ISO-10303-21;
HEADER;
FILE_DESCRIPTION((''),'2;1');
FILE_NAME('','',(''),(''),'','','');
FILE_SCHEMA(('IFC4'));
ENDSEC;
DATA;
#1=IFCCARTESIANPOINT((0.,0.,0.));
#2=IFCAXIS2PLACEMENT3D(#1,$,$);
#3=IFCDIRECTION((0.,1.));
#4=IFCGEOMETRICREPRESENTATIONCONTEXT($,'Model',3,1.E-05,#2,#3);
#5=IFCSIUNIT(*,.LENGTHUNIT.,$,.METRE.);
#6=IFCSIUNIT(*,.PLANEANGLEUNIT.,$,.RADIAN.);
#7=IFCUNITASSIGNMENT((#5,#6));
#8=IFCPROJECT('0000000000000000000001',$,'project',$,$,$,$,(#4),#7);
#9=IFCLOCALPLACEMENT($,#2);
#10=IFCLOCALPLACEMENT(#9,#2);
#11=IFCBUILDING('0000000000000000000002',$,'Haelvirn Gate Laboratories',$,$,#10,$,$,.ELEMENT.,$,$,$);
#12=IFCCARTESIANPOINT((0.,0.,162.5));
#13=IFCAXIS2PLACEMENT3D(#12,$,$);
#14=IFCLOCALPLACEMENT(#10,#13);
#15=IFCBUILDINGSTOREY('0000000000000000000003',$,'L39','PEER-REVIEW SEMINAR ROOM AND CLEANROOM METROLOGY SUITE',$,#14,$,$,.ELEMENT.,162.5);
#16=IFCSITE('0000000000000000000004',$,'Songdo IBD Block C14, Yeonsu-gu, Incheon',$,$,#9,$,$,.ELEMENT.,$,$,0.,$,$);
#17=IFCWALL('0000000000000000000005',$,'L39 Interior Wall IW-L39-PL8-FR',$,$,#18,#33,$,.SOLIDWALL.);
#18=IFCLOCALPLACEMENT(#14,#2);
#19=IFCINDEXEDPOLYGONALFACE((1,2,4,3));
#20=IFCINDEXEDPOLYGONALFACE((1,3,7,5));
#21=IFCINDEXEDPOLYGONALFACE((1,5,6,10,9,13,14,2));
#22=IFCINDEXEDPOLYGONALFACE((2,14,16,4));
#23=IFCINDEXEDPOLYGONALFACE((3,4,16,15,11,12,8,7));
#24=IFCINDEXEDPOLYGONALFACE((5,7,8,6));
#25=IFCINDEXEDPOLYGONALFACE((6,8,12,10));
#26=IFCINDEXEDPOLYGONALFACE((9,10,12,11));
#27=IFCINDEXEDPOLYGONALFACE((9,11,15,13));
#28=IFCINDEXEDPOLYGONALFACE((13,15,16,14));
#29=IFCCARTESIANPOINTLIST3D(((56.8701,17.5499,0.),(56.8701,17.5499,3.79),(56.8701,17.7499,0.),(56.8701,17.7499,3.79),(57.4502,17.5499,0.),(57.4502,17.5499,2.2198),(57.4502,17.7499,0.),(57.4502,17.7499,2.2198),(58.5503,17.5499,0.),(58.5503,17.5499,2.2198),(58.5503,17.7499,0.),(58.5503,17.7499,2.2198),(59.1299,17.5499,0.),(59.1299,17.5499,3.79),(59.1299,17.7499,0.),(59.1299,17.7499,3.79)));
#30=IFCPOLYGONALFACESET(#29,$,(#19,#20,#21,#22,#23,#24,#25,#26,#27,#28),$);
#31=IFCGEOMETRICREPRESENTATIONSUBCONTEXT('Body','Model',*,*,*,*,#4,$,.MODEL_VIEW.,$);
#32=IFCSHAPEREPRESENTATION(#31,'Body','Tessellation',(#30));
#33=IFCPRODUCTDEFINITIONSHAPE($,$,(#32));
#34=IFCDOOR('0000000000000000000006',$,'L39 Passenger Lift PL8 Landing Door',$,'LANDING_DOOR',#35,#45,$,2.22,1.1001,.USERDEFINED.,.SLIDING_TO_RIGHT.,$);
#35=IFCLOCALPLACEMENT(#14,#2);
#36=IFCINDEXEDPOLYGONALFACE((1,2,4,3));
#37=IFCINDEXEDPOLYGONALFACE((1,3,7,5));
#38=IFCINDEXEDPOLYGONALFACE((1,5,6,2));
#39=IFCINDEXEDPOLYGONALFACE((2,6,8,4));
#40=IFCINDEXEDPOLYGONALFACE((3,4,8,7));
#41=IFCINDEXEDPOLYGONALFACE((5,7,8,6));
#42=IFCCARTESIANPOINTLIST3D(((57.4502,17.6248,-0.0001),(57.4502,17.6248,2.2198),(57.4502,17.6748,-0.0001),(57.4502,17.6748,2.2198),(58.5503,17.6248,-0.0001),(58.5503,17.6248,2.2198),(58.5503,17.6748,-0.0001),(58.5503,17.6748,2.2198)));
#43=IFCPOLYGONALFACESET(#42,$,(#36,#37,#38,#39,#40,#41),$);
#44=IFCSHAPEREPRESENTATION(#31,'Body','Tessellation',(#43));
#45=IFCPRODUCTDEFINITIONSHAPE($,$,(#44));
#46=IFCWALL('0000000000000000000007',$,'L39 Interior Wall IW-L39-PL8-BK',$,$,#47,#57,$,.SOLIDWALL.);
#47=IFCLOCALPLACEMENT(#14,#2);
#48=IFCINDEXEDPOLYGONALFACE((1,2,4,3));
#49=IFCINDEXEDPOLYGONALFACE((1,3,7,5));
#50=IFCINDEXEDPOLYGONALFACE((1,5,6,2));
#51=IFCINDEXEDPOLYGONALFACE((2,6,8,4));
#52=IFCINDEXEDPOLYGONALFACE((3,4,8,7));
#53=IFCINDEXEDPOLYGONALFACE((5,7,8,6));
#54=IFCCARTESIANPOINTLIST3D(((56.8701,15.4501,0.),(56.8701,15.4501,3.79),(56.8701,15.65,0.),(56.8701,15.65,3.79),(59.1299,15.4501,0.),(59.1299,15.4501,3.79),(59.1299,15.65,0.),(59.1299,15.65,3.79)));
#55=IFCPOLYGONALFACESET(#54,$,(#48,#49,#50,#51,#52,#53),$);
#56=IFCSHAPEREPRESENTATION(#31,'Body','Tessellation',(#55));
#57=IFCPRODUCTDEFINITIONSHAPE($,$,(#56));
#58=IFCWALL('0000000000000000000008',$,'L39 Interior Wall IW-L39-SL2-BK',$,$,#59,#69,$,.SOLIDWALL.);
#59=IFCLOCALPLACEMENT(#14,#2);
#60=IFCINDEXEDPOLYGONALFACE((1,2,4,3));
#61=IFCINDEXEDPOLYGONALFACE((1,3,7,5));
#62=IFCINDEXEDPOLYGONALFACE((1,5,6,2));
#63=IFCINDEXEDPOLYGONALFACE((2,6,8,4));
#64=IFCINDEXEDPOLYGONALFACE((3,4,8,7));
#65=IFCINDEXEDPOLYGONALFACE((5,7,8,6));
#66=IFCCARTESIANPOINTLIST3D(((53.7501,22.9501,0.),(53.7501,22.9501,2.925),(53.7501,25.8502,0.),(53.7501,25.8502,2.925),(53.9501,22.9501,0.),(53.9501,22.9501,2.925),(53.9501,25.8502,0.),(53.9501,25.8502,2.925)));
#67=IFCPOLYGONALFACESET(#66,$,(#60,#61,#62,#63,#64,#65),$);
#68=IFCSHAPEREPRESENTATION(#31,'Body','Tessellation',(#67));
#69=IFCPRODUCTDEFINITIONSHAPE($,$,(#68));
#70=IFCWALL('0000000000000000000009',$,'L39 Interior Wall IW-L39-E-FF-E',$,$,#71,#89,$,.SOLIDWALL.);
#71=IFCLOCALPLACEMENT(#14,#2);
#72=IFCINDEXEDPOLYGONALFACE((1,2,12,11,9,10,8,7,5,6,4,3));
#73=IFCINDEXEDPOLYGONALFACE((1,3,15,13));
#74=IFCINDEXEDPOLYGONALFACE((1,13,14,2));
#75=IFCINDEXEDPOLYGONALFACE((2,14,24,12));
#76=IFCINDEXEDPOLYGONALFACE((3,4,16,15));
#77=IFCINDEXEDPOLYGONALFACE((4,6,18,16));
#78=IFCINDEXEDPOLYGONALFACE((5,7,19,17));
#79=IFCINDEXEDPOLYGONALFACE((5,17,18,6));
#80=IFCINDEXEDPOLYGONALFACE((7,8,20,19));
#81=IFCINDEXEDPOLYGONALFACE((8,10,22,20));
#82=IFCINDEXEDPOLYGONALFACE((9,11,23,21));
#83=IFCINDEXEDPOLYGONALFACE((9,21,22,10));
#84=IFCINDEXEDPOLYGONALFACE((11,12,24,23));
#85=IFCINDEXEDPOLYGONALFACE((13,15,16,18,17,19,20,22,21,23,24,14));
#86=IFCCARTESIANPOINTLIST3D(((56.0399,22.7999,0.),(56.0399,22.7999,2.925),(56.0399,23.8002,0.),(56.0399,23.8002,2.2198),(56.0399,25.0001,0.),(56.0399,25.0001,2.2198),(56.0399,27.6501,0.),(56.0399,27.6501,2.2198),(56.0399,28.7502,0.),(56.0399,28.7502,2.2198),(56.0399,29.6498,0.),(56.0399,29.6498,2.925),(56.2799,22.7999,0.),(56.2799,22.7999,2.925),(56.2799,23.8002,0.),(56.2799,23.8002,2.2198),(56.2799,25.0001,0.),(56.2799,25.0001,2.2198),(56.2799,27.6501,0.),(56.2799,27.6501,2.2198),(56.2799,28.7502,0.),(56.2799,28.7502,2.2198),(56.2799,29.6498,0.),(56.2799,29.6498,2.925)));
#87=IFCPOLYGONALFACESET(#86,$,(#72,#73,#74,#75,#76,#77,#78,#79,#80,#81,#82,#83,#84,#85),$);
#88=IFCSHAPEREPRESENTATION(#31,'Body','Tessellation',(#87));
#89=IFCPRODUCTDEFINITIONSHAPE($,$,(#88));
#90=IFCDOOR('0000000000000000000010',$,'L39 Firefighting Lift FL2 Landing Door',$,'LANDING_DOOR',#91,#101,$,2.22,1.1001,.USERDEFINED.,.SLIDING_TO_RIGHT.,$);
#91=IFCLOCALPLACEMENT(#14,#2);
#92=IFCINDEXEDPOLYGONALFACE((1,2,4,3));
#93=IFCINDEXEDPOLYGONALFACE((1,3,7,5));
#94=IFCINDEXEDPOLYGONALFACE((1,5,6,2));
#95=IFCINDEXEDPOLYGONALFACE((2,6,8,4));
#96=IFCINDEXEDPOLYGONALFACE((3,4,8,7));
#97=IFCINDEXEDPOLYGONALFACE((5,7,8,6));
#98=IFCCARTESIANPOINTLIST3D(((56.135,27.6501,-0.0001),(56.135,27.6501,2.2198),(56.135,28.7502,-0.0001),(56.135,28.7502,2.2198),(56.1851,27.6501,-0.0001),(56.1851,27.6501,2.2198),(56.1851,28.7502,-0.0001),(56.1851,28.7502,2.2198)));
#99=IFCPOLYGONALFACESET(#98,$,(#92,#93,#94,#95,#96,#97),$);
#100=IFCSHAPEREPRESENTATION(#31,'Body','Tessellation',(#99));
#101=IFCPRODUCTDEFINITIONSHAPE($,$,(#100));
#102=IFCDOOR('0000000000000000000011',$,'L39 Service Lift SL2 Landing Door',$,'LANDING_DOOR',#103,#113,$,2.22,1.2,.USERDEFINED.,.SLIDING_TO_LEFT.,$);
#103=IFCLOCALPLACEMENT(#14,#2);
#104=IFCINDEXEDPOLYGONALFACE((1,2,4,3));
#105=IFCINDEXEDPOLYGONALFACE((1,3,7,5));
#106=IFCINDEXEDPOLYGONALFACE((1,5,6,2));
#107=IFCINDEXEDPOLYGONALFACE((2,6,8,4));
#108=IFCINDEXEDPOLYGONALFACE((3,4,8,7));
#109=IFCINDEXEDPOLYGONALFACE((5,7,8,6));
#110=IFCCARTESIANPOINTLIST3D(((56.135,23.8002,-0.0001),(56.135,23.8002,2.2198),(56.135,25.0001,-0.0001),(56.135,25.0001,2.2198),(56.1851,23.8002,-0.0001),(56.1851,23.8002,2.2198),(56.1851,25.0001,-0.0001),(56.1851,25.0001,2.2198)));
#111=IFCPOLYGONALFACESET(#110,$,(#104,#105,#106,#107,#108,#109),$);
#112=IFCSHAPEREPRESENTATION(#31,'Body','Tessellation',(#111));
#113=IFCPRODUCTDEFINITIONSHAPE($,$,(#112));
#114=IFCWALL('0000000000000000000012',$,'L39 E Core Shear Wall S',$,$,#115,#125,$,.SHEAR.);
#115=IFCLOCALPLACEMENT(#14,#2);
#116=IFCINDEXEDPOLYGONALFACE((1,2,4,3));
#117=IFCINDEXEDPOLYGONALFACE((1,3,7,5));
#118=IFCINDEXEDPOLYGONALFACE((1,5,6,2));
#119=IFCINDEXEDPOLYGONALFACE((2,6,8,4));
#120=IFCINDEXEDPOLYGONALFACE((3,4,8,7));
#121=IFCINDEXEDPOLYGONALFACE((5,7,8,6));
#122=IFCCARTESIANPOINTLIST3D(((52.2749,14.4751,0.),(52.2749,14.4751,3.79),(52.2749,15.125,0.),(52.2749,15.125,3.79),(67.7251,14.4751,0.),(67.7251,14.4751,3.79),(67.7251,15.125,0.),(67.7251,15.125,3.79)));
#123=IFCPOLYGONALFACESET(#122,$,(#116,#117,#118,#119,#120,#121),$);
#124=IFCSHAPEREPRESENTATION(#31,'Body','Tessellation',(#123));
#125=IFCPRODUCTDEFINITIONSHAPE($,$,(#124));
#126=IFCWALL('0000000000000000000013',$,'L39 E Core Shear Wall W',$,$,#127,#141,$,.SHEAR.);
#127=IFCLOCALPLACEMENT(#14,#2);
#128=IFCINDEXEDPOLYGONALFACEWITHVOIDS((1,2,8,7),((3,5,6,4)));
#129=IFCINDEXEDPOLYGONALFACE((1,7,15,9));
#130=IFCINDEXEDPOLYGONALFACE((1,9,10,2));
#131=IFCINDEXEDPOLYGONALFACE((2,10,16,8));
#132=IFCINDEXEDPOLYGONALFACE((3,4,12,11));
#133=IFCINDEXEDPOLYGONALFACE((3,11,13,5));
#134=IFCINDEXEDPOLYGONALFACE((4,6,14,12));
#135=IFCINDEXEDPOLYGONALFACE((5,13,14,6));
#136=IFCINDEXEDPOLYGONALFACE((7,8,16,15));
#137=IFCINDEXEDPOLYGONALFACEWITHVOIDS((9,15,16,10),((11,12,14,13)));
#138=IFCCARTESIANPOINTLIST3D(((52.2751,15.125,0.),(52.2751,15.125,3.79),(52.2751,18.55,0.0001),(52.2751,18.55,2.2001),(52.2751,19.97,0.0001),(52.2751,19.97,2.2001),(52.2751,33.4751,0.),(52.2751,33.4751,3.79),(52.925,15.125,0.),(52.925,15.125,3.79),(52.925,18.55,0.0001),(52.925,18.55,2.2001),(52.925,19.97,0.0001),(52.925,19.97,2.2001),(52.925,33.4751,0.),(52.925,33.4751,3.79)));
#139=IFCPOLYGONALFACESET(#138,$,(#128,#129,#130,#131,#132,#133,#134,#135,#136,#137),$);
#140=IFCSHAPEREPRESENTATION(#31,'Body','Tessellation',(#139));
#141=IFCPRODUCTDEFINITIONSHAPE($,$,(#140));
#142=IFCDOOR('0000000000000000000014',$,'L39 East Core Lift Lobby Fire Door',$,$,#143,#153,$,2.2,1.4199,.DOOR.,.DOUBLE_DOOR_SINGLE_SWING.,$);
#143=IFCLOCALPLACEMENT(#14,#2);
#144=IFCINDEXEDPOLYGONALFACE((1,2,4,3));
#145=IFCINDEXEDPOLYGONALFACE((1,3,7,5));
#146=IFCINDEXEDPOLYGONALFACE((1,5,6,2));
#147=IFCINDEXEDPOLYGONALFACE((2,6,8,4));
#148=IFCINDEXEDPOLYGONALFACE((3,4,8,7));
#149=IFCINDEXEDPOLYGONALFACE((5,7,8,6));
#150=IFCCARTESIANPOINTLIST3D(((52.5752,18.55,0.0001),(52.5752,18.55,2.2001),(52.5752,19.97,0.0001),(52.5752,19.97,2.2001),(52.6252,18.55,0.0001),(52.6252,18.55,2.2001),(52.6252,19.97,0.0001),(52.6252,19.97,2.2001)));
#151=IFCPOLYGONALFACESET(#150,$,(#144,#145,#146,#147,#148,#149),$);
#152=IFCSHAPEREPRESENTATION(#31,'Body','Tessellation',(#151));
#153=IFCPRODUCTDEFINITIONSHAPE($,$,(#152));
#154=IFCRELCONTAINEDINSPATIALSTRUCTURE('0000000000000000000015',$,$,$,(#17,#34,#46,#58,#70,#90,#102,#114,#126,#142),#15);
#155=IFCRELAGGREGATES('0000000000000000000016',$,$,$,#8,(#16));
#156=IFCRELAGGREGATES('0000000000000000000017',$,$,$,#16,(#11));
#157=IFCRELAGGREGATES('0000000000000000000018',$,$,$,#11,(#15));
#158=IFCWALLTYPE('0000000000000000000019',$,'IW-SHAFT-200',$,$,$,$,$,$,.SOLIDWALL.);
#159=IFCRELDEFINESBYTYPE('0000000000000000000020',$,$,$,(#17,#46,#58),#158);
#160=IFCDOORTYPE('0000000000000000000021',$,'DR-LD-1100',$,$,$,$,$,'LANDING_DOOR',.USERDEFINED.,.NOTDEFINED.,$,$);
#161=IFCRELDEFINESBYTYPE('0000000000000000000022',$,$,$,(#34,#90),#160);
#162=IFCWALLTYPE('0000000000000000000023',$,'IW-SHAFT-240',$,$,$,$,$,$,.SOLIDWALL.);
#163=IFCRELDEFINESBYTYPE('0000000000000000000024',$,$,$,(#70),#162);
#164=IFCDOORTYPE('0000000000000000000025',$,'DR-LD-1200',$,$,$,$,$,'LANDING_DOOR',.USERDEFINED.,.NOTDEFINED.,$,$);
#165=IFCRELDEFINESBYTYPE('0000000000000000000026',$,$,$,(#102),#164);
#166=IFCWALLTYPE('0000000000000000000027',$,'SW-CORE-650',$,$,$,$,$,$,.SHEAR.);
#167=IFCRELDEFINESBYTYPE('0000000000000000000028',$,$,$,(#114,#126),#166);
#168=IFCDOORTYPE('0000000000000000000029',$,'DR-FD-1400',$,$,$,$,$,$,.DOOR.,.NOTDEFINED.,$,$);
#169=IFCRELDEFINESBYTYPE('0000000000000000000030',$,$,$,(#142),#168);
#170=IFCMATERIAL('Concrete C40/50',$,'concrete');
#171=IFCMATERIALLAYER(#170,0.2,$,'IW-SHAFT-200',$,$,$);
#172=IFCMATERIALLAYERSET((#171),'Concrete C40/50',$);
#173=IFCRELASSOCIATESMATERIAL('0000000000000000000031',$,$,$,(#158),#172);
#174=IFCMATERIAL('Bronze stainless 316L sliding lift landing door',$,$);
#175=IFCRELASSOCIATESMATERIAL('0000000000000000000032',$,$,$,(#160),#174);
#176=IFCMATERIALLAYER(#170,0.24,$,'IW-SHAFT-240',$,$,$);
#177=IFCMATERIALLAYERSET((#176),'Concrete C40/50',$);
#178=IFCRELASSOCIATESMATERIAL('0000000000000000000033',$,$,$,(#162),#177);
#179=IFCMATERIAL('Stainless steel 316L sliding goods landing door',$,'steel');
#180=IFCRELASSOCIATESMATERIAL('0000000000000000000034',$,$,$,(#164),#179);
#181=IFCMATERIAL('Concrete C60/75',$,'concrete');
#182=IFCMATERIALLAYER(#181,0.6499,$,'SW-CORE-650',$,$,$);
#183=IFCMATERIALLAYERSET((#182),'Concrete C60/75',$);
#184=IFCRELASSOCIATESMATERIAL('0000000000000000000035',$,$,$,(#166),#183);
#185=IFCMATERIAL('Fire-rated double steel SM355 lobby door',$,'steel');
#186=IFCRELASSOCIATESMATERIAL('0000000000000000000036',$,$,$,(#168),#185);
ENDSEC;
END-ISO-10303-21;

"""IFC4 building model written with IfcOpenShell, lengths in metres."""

from ifc_helpers import new_model, si_unit, direction, frame, frame_2d, origin, place, context, subcontext, project, spatial, rectangle, extrude, source, transform, mapped, material, layer, layer_set, type_object, type_shapes, element, fill, save


model = new_model("IFC4")

# Units and contexts
model_context = context("Model", 3, precision=1e-05, world=origin(), true_north=direction((0.0, 1.0)))
body_context = subcontext(model_context, "Body", "Model", "MODEL_VIEW")
ifc_project = project(units=[si_unit("LENGTHUNIT", "METRE"), si_unit("PLANEANGLEUNIT", "RADIAN")], contexts=[model_context])

# Site, building, storey
site_placement = place(None, origin())
site = spatial("IfcSite", under=ifc_project, at=site_placement, Name="Songdo IBD Block C14, Yeonsu-gu, Incheon", CompositionType="ELEMENT", RefElevation=0.0)
building_placement = place(site_placement, origin())
building = spatial("IfcBuilding", under=site, at=building_placement, Name="Haelvirn Gate Laboratories", CompositionType="ELEMENT")
storey_placement = place(building_placement, frame((0.0, 0.0, 162.5)))
storey = spatial("IfcBuildingStorey", under=building, at=storey_placement, Name="L39", Description="PEER-REVIEW SEMINAR ROOM AND CLEANROOM METROLOGY SUITE", CompositionType="ELEMENT", Elevation=162.5)

# Shared definitions
ifc_material_1 = material(Name="Concrete C60/75", Category="concrete")

# Shared definitions
ifc_material_2 = material(Name="Concrete C40/50", Category="concrete")

# Wall, opening, door
ifc_layer_1 = layer(ifc_material_2, 0.2, Name="IW-SHAFT-200")
ifc_layer_set_1 = layer_set([ifc_layer_1], Name="Concrete C40/50")
wall_type_1 = type_object("IfcWallType", Name="IW-SHAFT-200", PredefinedType="SOLIDWALL", material=ifc_layer_set_1)
wall_1_placement = place(storey_placement, frame((56.8701, 17.6499, 0.0), z_axis=(0.0, 0.0, 1.0), x_axis=(1.0, 0.0, 0.0)))
wall_1 = element("IfcWall", 1, at=wall_1_placement, inside=storey, type_object=wall_type_1, Name="L39 Interior Wall IW-L39-PL8-FR", PredefinedType="SOLIDWALL", context=body_context, shape_type="SweptSolid", body=[
    extrude(rectangle(XDim=2.2598, YDim=0.2, at=frame_2d((1.1299, 0.0))), origin(), (0.0, 0.0, 1.0), 3.79),
])
opening_1_placement = place(wall_1_placement, frame((0.5801, 0.0, 0.0)))
opening_1 = element("IfcOpeningElement", 2, at=opening_1_placement, cuts=wall_1, PredefinedType="OPENING", context=body_context, shape_type="SweptSolid", body=[
    extrude(rectangle(XDim=1.1001, YDim=2.22, at=frame_2d((0.55, 1.1099))), frame((0.0, 0.1099, 0.0), z_axis=(0.0, -1.0, 0.0), x_axis=(1.0, 0.0, 0.0)), (0.0, 0.0, 1.0), 0.22),
])
ifc_material_3 = material(Name="Bronze stainless 316L sliding lift landing door")
door_type_1 = type_object("IfcDoorType", Name="DR-LD-1100", ElementType="LANDING_DOOR", OperationType="NOTDEFINED", PredefinedType="USERDEFINED", material=ifc_material_3)
shared_shape_1 = source(origin(), body_context, "Body", "SweptSolid", [
    extrude(rectangle(XDim=1.1001, YDim=2.22, at=frame_2d((0.55, 1.1099))), frame((0.0, 0.0249, 0.0), z_axis=(0.0, -1.0, 0.0), x_axis=(1.0, 0.0, 0.0)), (0.0, 0.0, 1.0), 0.05),
])
type_shapes(door_type_1, [shared_shape_1])
door_1_placement = place(opening_1_placement, origin())
door_1 = element("IfcDoor", 3, at=door_1_placement, inside=storey, type_object=door_type_1, Name="L39 Passenger Lift PL8 Landing Door", ObjectType="LANDING_DOOR", OperationType="SLIDING_TO_RIGHT", OverallHeight=2.22, OverallWidth=1.1001, PredefinedType="USERDEFINED", context=body_context, shape_type="MappedRepresentation", body=[
    mapped(shared_shape_1, transform((0.0, 0.0, 0.0), scale=1.0)),
])
fill(opening_1, door_1)

# Walls
wall_2_placement = place(storey_placement, frame((56.8701, 15.55, 0.0), z_axis=(0.0, 0.0, 1.0), x_axis=(1.0, 0.0, 0.0)))
element("IfcWall", 4, at=wall_2_placement, inside=storey, type_object=wall_type_1, Name="L39 Interior Wall IW-L39-PL8-BK", PredefinedType="SOLIDWALL", context=body_context, shape_type="SweptSolid", body=[
    extrude(rectangle(XDim=2.2598, YDim=0.2, at=frame_2d((1.1299, 0.0))), origin(), (0.0, 0.0, 1.0), 3.79),
])
wall_3_placement = place(storey_placement, frame((53.8501, 22.95, 0.0), z_axis=(0.0, 0.0, 1.0), x_axis=(0.0, 1.0, 0.0)))
element("IfcWall", 5, at=wall_3_placement, inside=storey, type_object=wall_type_1, Name="L39 Interior Wall IW-L39-SL2-BK", PredefinedType="SOLIDWALL", context=body_context, shape_type="SweptSolid", body=[
    extrude(rectangle(XDim=2.9001, YDim=0.2, at=frame_2d((1.4502, 0.0))), origin(), (0.0, 0.0, 1.0), 2.925),
])

# Wall, openings, doors
ifc_layer_2 = layer(ifc_material_2, 0.24, Name="IW-SHAFT-240")
ifc_layer_set_2 = layer_set([ifc_layer_2], Name="Concrete C40/50")
wall_type_2 = type_object("IfcWallType", Name="IW-SHAFT-240", PredefinedType="SOLIDWALL", material=ifc_layer_set_2)
wall_4_placement = place(storey_placement, frame((56.1599, 22.8, 0.0), z_axis=(0.0, 0.0, 1.0), x_axis=(0.0, 1.0, 0.0)))
wall_4 = element("IfcWall", 6, at=wall_4_placement, inside=storey, type_object=wall_type_2, Name="L39 Interior Wall IW-L39-E-FF-E", PredefinedType="SOLIDWALL", context=body_context, shape_type="SweptSolid", body=[
    extrude(rectangle(XDim=6.8499, YDim=0.24, at=frame_2d((3.4248, 0.0))), origin(), (0.0, 0.0, 1.0), 2.925),
])
opening_2_placement = place(wall_4_placement, frame((4.8501, 0.0, 0.0)))
opening_2 = element("IfcOpeningElement", 7, at=opening_2_placement, cuts=wall_4, PredefinedType="OPENING", context=body_context, shape_type="SweptSolid", body=[
    extrude(rectangle(XDim=1.1001, YDim=2.22, at=frame_2d((0.55, 1.1099))), frame((0.0, 0.1299, 0.0), z_axis=(0.0, -1.0, 0.0), x_axis=(1.0, 0.0, 0.0)), (0.0, 0.0, 1.0), 0.26),
])
opening_3_placement = place(wall_4_placement, frame((1.0, 0.0, 0.0)))
opening_3 = element("IfcOpeningElement", 8, at=opening_3_placement, cuts=wall_4, PredefinedType="OPENING", context=body_context, shape_type="SweptSolid", body=[
    extrude(rectangle(XDim=1.2, YDim=2.22, at=frame_2d((0.6001, 1.1099))), frame((0.0, 0.1299, 0.0), z_axis=(0.0, -1.0, 0.0), x_axis=(1.0, 0.0, 0.0)), (0.0, 0.0, 1.0), 0.26),
])
door_2_placement = place(opening_2_placement, origin())
door_2 = element("IfcDoor", 9, at=door_2_placement, inside=storey, type_object=door_type_1, Name="L39 Firefighting Lift FL2 Landing Door", ObjectType="LANDING_DOOR", OperationType="SLIDING_TO_RIGHT", OverallHeight=2.22, OverallWidth=1.1001, PredefinedType="USERDEFINED", context=body_context, shape_type="MappedRepresentation", body=[
    mapped(shared_shape_1, transform((0.0, 0.0, 0.0), scale=1.0)),
])
fill(opening_2, door_2)
ifc_material_4 = material(Name="Stainless steel 316L sliding goods landing door", Category="steel")
door_type_2 = type_object("IfcDoorType", Name="DR-LD-1200", ElementType="LANDING_DOOR", OperationType="NOTDEFINED", PredefinedType="USERDEFINED", material=ifc_material_4)
shared_shape_2 = source(origin(), body_context, "Body", "SweptSolid", [
    extrude(rectangle(XDim=1.2, YDim=2.22, at=frame_2d((0.6001, 1.1099))), frame((0.0, 0.0249, 0.0), z_axis=(0.0, -1.0, 0.0), x_axis=(1.0, 0.0, 0.0)), (0.0, 0.0, 1.0), 0.05),
])
type_shapes(door_type_2, [shared_shape_2])
door_3_placement = place(opening_3_placement, origin())
door_3 = element("IfcDoor", 10, at=door_3_placement, inside=storey, type_object=door_type_2, Name="L39 Service Lift SL2 Landing Door", ObjectType="LANDING_DOOR", OperationType="SLIDING_TO_LEFT", OverallHeight=2.22, OverallWidth=1.2, PredefinedType="USERDEFINED", context=body_context, shape_type="MappedRepresentation", body=[
    mapped(shared_shape_2, transform((0.0, 0.0, 0.0), scale=1.0)),
])
fill(opening_3, door_3)

# Wall
ifc_layer_3 = layer(ifc_material_1, 0.6499, Name="SW-CORE-650")
ifc_layer_set_3 = layer_set([ifc_layer_3], Name="Concrete C60/75")
wall_type_3 = type_object("IfcWallType", Name="SW-CORE-650", PredefinedType="SHEAR", material=ifc_layer_set_3)
wall_5_placement = place(storey_placement, frame((52.2749, 14.8, 0.0), z_axis=(0.0, 0.0, 1.0), x_axis=(1.0, 0.0, 0.0)))
element("IfcWall", 11, at=wall_5_placement, inside=storey, type_object=wall_type_3, Name="L39 E Core Shear Wall S", PredefinedType="SHEAR", context=body_context, shape_type="SweptSolid", body=[
    extrude(rectangle(XDim=15.4502, YDim=0.6499, at=frame_2d((7.7251, 0.0))), origin(), (0.0, 0.0, 1.0), 3.79),
])

# Wall, opening, door
wall_6_placement = place(storey_placement, frame((52.6001, 15.125, 0.0), z_axis=(0.0, 0.0, 1.0), x_axis=(0.0, 1.0, 0.0)))
wall_6 = element("IfcWall", 12, at=wall_6_placement, inside=storey, type_object=wall_type_3, Name="L39 E Core Shear Wall W", PredefinedType="SHEAR", context=body_context, shape_type="SweptSolid", body=[
    extrude(rectangle(XDim=18.3501, YDim=0.6499, at=frame_2d((9.175, 0.0))), origin(), (0.0, 0.0, 1.0), 3.79),
])
opening_4_placement = place(wall_6_placement, frame((3.425, 0.0, 0.0)))
opening_4 = element("IfcOpeningElement", 13, at=opening_4_placement, cuts=wall_6, PredefinedType="OPENING", context=body_context, shape_type="SweptSolid", body=[
    extrude(rectangle(XDim=1.4199, YDim=2.2, at=frame_2d((0.71, 1.1001))), frame((0.0, 0.335, 0.0), z_axis=(0.0, -1.0, 0.0), x_axis=(1.0, 0.0, 0.0)), (0.0, 0.0, 1.0), 0.6699),
])
ifc_material_5 = material(Name="Fire-rated double steel SM355 lobby door", Category="steel")
door_type_3 = type_object("IfcDoorType", Name="DR-FD-1400", OperationType="NOTDEFINED", PredefinedType="DOOR", material=ifc_material_5)
shared_shape_3 = source(origin(), body_context, "Body", "SweptSolid", [
    extrude(rectangle(XDim=1.4199, YDim=2.2, at=frame_2d((0.71, 1.1001))), frame((0.0, 0.0249, 0.0), z_axis=(0.0, -1.0, 0.0), x_axis=(1.0, 0.0, 0.0)), (0.0, 0.0, 1.0), 0.05),
])
type_shapes(door_type_3, [shared_shape_3])
door_4_placement = place(opening_4_placement, origin())
door_4 = element("IfcDoor", 14, at=door_4_placement, inside=storey, type_object=door_type_3, Name="L39 East Core Lift Lobby Fire Door", OperationType="DOUBLE_DOOR_SINGLE_SWING", OverallHeight=2.2, OverallWidth=1.4199, PredefinedType="DOOR", context=body_context, shape_type="MappedRepresentation", body=[
    mapped(shared_shape_3, transform((0.0, 0.0, 0.0), scale=1.0)),
])
fill(opening_4, door_4)

save(model, "model.ifc")
